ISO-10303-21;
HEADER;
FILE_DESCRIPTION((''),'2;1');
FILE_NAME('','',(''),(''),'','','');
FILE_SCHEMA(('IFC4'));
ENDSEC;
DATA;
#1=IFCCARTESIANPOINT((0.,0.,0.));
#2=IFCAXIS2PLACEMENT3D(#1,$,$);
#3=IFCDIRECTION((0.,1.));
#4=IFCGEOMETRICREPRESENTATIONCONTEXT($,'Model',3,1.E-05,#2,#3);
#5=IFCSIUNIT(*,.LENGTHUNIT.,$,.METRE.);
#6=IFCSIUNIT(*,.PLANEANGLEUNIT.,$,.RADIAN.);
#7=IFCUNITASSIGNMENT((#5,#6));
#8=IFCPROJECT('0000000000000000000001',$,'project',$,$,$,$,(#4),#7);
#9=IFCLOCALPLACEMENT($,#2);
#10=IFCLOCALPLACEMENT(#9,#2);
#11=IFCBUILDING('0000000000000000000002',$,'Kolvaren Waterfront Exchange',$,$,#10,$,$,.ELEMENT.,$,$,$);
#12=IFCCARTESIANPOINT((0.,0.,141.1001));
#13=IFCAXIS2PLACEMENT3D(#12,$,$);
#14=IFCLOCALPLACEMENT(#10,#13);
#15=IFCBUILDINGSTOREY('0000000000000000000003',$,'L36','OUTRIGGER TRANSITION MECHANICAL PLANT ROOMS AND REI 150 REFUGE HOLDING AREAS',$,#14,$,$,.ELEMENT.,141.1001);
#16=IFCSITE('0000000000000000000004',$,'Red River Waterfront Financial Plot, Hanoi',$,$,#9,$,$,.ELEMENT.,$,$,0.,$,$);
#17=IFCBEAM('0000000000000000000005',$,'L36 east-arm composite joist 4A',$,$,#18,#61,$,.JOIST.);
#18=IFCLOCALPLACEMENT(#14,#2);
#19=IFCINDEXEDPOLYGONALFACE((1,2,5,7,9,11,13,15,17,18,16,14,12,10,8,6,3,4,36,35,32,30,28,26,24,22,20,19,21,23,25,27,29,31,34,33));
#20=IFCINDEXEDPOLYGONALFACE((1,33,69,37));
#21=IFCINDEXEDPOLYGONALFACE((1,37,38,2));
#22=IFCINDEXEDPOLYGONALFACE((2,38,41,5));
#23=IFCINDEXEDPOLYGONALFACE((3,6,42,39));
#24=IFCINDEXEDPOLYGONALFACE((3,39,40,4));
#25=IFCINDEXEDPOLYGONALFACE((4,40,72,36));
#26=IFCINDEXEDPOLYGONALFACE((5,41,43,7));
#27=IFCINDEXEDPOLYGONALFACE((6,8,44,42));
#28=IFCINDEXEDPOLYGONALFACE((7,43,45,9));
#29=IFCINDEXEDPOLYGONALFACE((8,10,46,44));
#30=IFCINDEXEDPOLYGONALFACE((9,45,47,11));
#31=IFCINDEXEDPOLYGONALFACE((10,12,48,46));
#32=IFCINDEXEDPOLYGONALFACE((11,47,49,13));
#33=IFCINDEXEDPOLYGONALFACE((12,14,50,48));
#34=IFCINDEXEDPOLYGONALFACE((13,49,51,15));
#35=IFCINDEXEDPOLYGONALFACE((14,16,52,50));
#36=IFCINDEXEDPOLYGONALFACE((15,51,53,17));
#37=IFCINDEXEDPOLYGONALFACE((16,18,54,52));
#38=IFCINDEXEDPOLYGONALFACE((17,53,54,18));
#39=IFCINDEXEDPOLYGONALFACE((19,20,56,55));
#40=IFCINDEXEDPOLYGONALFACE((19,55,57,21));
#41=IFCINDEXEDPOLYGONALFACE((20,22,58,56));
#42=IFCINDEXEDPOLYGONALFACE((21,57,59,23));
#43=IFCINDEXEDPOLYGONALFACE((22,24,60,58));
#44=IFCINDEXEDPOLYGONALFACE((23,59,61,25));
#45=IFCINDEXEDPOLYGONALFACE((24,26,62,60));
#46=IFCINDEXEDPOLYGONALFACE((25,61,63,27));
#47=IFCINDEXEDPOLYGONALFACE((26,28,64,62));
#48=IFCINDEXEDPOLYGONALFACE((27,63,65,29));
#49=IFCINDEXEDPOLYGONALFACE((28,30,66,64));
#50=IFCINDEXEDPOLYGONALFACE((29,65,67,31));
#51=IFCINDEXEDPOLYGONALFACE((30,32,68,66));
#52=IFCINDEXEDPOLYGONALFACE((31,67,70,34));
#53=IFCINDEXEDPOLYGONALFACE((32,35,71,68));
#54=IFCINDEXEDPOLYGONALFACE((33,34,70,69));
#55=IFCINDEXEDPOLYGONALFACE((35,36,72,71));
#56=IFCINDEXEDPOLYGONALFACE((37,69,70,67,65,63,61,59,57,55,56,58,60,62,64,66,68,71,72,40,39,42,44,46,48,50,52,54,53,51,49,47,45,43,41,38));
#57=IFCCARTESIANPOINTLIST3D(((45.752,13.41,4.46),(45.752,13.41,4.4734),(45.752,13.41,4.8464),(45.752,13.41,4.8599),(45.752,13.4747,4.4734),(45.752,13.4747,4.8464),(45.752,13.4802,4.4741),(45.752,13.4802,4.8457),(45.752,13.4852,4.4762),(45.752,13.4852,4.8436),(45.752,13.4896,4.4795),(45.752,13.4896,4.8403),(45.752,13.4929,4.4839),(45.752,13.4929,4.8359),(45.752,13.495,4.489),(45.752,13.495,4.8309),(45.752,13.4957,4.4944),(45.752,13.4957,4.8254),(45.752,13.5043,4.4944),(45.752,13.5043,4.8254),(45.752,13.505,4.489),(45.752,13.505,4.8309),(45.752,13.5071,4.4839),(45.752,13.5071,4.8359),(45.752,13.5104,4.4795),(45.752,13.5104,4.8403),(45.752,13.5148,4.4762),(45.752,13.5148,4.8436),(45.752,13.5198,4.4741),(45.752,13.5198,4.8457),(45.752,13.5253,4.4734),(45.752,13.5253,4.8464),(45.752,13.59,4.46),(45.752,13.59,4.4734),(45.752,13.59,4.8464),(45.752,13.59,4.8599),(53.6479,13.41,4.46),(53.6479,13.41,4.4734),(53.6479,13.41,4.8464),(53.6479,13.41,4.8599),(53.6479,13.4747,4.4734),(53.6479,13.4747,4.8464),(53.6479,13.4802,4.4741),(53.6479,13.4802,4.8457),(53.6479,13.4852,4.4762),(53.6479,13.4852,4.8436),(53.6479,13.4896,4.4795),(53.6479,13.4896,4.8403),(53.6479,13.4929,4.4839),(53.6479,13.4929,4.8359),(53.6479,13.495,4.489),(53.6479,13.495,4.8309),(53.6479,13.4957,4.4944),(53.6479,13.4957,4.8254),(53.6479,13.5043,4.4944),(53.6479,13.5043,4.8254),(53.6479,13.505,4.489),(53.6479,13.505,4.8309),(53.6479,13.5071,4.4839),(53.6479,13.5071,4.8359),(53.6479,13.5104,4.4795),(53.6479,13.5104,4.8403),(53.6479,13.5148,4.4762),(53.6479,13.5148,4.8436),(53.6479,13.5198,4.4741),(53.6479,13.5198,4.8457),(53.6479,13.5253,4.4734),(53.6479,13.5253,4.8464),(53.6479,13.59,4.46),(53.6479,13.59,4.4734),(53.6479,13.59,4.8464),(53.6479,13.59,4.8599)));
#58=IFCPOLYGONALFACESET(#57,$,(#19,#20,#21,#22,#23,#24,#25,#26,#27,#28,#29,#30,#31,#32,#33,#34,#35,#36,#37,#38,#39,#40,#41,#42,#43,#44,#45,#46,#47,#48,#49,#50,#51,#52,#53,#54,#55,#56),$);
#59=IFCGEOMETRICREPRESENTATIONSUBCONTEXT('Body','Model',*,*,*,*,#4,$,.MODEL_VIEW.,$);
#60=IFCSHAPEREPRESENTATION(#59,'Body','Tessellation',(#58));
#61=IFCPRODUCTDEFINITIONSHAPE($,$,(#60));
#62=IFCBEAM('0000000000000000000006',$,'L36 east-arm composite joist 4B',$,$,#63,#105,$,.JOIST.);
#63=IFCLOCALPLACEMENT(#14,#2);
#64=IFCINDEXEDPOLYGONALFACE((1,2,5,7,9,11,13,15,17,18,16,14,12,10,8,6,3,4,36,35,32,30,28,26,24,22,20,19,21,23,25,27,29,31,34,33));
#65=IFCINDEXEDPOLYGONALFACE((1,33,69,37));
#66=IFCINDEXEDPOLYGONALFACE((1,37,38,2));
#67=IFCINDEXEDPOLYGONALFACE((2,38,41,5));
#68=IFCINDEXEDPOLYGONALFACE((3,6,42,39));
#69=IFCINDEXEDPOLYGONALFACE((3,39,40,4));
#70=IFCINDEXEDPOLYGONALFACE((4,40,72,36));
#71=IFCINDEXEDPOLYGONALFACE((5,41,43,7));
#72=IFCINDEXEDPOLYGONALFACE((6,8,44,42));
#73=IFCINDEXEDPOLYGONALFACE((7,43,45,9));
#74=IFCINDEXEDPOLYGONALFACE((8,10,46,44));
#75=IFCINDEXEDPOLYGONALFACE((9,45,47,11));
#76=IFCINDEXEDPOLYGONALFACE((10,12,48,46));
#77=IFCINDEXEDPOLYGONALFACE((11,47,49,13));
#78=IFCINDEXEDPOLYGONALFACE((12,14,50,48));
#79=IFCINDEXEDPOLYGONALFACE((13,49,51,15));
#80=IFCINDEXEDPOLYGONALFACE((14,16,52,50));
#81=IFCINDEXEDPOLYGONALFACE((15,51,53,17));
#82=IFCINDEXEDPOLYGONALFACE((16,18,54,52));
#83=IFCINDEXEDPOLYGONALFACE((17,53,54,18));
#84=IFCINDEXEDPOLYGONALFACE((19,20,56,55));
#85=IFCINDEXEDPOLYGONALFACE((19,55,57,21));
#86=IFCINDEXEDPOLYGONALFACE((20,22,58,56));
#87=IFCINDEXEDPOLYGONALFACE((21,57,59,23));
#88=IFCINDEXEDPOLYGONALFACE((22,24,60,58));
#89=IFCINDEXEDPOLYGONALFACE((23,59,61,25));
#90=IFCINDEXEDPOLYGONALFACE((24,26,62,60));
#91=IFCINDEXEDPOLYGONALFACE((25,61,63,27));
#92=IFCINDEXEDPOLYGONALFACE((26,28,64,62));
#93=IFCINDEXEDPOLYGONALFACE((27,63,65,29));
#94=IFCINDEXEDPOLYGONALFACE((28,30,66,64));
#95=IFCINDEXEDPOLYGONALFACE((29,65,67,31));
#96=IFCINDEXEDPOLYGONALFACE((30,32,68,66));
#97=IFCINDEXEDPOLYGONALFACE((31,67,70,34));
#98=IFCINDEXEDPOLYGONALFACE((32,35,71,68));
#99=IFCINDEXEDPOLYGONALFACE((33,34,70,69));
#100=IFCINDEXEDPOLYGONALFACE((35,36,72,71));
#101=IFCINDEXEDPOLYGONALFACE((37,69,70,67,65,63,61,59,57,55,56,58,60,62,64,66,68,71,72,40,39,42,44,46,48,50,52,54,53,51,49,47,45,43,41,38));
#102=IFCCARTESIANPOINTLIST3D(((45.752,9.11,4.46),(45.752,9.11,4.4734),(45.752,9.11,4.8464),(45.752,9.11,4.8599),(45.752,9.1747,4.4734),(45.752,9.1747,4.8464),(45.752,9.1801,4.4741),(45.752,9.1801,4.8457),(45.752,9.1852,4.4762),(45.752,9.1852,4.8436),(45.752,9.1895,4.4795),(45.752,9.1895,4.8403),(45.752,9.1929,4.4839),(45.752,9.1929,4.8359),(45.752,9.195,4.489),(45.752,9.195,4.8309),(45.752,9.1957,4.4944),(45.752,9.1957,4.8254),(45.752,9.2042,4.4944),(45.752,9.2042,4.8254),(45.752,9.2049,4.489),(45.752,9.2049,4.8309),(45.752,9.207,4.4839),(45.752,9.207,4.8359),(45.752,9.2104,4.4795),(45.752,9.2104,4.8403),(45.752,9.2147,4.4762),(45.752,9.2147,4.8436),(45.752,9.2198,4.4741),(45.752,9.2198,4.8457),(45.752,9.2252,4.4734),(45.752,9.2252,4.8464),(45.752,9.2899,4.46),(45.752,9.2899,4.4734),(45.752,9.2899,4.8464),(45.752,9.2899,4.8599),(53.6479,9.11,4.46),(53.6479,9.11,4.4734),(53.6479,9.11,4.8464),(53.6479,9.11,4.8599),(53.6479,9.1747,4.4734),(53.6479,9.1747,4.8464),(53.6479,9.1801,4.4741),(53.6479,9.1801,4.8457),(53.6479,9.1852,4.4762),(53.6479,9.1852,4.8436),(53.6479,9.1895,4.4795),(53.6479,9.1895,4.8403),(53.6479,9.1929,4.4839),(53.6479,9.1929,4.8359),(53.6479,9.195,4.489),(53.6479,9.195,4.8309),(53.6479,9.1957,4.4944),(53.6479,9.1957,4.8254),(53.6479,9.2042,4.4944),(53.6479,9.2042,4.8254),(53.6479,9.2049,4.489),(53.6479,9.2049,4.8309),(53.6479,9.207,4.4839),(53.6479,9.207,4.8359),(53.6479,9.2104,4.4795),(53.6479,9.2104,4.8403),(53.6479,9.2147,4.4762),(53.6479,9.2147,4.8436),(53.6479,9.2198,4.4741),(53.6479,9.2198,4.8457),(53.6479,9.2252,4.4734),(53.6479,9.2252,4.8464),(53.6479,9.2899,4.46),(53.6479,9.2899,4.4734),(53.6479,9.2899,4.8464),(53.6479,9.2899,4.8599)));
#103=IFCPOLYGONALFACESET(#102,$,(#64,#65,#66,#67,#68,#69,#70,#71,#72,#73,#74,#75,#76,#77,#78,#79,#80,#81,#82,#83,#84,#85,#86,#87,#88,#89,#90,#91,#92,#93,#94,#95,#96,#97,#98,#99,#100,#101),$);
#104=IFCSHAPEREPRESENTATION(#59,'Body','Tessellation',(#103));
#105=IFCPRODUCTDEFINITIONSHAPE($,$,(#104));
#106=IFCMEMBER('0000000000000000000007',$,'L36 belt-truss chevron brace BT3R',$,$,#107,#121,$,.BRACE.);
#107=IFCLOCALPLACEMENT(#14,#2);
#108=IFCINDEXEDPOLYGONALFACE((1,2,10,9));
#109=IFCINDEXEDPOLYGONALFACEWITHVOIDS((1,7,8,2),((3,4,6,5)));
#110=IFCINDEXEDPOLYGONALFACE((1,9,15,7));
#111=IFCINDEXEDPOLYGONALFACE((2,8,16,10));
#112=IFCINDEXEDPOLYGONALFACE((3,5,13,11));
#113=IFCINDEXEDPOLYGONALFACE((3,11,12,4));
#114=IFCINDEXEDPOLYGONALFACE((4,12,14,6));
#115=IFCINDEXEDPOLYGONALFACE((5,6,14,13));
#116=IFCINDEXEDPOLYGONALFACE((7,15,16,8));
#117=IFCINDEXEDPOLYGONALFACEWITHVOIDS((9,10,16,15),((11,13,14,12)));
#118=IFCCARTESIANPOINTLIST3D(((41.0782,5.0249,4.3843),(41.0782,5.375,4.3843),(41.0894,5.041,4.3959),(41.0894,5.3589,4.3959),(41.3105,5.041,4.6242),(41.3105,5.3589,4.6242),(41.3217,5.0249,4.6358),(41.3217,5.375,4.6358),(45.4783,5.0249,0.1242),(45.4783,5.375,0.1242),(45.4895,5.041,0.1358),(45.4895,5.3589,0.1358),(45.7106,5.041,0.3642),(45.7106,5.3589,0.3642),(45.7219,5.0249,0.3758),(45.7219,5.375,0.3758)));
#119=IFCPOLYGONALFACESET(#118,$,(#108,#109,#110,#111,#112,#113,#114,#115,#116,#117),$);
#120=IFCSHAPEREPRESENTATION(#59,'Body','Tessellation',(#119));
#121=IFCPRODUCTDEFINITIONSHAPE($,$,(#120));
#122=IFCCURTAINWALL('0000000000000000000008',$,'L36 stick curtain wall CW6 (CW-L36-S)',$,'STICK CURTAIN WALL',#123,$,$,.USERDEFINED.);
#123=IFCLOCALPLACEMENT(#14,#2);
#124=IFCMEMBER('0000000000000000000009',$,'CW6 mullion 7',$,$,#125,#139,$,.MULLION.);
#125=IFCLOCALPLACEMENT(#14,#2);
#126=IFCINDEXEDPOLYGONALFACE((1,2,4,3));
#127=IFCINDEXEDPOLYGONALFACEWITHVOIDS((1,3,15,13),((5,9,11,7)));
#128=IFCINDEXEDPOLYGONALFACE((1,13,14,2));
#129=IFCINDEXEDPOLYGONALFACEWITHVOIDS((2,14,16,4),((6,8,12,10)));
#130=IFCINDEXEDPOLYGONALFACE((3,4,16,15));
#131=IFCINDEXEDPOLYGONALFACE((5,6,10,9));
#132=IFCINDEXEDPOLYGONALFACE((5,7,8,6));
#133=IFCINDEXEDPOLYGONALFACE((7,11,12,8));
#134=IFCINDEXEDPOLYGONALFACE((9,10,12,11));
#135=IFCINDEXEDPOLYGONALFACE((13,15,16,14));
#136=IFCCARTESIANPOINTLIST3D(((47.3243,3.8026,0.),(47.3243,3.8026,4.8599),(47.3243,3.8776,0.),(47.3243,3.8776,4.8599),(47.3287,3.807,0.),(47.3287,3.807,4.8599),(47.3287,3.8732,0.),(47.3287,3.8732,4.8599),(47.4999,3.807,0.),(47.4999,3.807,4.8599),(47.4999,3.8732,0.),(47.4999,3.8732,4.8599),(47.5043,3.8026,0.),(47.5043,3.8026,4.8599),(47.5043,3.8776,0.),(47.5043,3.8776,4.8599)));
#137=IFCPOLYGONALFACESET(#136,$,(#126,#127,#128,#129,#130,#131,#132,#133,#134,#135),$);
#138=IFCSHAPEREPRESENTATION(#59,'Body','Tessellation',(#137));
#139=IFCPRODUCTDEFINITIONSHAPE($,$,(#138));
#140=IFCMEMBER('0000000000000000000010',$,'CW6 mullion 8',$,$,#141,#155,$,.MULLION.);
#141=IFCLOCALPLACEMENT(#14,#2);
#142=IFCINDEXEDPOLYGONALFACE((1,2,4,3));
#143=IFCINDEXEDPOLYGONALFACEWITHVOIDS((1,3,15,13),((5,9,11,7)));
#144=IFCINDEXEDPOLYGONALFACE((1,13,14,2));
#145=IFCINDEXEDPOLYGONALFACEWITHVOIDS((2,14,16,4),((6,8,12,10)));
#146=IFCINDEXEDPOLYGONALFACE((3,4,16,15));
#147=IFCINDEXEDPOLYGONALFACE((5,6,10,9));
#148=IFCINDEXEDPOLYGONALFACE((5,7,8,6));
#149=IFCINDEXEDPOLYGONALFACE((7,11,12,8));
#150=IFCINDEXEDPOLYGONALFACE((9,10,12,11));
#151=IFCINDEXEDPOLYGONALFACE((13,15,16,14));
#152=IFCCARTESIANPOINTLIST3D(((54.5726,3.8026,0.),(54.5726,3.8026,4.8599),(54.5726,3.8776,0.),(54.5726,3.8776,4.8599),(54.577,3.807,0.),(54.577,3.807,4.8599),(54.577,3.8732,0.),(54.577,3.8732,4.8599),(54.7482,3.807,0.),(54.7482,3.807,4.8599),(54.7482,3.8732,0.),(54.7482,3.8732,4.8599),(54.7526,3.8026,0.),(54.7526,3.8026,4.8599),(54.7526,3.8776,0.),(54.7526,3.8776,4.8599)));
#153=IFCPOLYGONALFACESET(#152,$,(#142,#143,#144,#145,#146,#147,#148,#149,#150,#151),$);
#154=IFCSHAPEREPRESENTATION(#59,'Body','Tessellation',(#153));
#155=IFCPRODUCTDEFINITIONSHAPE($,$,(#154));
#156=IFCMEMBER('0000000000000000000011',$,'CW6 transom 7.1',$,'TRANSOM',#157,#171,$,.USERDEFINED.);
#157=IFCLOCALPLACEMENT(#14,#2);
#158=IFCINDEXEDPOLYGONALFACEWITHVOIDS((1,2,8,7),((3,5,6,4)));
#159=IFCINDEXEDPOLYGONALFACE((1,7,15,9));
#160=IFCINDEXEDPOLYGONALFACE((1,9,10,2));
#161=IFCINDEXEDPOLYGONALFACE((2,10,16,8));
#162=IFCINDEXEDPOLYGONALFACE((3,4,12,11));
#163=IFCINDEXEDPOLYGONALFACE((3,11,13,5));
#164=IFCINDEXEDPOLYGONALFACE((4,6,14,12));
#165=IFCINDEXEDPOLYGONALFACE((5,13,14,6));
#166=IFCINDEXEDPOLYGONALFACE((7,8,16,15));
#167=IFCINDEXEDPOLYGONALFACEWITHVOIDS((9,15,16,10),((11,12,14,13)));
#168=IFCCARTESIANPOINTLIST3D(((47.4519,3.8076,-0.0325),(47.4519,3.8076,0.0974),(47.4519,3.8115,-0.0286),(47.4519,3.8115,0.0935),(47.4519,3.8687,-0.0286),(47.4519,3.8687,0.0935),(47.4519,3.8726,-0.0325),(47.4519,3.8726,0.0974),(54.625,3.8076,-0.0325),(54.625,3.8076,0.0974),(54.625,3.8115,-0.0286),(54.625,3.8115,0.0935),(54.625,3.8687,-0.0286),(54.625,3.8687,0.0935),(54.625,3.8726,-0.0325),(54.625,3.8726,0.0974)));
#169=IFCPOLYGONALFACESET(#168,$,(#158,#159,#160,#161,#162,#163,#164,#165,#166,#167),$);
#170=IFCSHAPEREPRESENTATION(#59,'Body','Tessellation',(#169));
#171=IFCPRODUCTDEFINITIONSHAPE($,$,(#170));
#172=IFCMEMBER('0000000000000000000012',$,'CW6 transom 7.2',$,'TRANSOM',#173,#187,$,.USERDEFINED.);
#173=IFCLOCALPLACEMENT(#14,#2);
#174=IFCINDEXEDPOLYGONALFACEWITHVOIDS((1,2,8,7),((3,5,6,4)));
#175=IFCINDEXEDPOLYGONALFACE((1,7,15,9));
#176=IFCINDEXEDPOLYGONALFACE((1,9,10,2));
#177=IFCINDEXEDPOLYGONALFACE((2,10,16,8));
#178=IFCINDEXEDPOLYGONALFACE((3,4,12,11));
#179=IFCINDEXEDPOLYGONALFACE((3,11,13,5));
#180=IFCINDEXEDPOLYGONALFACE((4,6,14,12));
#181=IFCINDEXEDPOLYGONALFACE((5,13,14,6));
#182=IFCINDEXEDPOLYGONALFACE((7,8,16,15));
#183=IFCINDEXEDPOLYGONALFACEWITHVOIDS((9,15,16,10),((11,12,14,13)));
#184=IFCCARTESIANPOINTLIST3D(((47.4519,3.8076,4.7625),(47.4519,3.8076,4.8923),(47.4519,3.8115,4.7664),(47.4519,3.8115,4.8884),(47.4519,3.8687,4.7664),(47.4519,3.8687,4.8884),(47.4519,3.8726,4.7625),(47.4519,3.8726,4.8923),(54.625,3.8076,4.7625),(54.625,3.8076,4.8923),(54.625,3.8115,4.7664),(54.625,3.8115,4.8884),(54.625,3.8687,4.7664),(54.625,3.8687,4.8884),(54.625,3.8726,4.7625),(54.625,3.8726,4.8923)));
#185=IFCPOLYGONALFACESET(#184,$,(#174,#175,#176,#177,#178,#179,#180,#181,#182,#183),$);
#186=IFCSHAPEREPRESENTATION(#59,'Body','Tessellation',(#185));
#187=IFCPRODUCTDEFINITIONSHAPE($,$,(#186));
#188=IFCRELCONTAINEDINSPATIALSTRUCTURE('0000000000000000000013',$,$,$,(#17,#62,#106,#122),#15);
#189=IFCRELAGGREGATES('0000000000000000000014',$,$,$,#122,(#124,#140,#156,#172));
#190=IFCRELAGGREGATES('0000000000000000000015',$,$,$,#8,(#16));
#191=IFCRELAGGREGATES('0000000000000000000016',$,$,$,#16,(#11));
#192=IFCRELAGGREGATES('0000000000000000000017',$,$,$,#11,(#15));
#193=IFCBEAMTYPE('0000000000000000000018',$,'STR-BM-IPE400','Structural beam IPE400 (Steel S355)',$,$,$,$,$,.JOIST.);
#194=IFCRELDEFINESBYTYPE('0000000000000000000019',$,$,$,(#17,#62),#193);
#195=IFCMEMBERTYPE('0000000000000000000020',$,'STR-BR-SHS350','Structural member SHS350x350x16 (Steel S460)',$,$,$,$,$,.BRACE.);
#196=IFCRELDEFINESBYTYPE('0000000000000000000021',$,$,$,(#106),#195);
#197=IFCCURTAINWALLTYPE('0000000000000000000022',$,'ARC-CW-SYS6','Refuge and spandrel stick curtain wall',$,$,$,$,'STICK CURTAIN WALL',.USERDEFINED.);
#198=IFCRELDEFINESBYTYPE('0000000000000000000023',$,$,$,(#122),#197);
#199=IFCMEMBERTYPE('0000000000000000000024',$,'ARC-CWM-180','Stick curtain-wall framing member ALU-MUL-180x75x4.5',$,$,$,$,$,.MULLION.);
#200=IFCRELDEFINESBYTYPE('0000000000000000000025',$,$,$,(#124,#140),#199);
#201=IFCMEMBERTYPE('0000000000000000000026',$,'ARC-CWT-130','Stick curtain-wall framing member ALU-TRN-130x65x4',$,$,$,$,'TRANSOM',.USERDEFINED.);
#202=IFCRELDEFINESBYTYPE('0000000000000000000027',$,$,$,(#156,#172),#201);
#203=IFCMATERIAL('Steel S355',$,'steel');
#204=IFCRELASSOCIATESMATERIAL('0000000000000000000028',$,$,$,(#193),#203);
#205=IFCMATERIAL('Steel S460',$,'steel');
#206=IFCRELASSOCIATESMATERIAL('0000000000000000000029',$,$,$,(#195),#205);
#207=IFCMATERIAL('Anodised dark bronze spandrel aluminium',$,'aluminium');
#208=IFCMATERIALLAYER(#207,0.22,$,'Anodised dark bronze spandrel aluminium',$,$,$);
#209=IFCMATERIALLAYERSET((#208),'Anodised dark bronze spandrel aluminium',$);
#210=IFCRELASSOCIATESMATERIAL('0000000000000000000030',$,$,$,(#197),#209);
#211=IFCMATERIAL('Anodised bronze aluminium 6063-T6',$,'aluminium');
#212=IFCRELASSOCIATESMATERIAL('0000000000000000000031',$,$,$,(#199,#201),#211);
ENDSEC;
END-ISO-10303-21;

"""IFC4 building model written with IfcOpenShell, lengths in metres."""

from ifc_helpers import new_model, si_unit, direction, frame, origin, origin_with_axes, origin_2d, place, context, subcontext, project, spatial, hollow_rectangle, i_section, extrude, source, transform, mapped, material, layer, layer_set, material_profile, profile_set, type_object, element, aggregate, save


model = new_model("IFC4")

# Units and contexts
model_context = context("Model", 3, precision=1e-05, world=origin(), true_north=direction((0.0, 1.0)))
body_context = subcontext(model_context, "Body", "Model", "MODEL_VIEW")
ifc_project = project(units=[si_unit("LENGTHUNIT", "METRE"), si_unit("PLANEANGLEUNIT", "RADIAN")], contexts=[model_context])

# Site, building, storey
site_placement = place(None, origin())
site = spatial("IfcSite", under=ifc_project, at=site_placement, Name="Red River Waterfront Financial Plot, Hanoi", CompositionType="ELEMENT", RefElevation=0.0)
building_placement = place(site_placement, origin())
building = spatial("IfcBuilding", under=site, at=building_placement, Name="Kolvaren Waterfront Exchange", CompositionType="ELEMENT")
storey_placement = place(building_placement, frame((0.0, 0.0, 141.1001)))
storey = spatial("IfcBuildingStorey", under=building, at=storey_placement, Name="L36", Description="OUTRIGGER TRANSITION MECHANICAL PLANT ROOMS AND REI 150 REFUGE HOLDING AREAS", CompositionType="ELEMENT", Elevation=141.1001)

# Beams
ifc_material_1 = material(Name="Steel S355", Category="steel")
ifc_material_profile_1 = material_profile(ifc_material_1, i_section(OverallWidth=0.1799, OverallDepth=0.3999, WebThickness=0.0085, FlangeThickness=0.0134, FilletRadius=0.021, at=origin_2d()), Name="IPE400")
ifc_profile_set_1 = profile_set([ifc_material_profile_1], Name="Steel S355")
beam_type_1 = type_object("IfcBeamType", Name="STR-BM-IPE400", Description="Structural beam IPE400 (Steel S355)", PredefinedType="JOIST", material=ifc_profile_set_1)
for number, where, z_axis, x_axis, name in (
    (1, (45.752, 13.5, 4.6599), (1.0, 0.0, 0.0), (0.0, 1.0, 0.0), "L36 east-arm composite joist 4A"),
    (2, (45.752, 9.2, 4.6599), (1.0, 0.0, 0.0), (0.0, 1.0, 0.0), "L36 east-arm composite joist 4B"),
):
    element("IfcBeam", number, at=place(storey_placement, frame(where, z_axis=z_axis, x_axis=x_axis)), inside=storey, type_object=beam_type_1, Name=name, PredefinedType="JOIST", context=body_context, shape_type="SweptSolid", body=[
        extrude(i_section(OverallWidth=0.1799, OverallDepth=0.3999, WebThickness=0.0085, FlangeThickness=0.0134, FilletRadius=0.021, at=origin_2d()), origin(), (0.0, 0.0, 1.0), 7.896),
    ])

# Member
ifc_material_2 = material(Name="Steel S460", Category="steel")
ifc_material_profile_2 = material_profile(ifc_material_2, hollow_rectangle(XDim=0.3501, YDim=0.3501, WallThickness=0.0161, at=origin_2d()), Name="SHS350x350x16")
ifc_profile_set_2 = profile_set([ifc_material_profile_2], Name="Steel S460")
member_type_1 = type_object("IfcMemberType", Name="STR-BR-SHS350", Description="Structural member SHS350x350x16 (Steel S460)", PredefinedType="BRACE", material=ifc_profile_set_2)
member_1_placement = place(storey_placement, frame((45.6001, 5.2, 0.25), z_axis=(-0.718455, 0.0, 0.695573), x_axis=(0.0, -1.0, 0.0)))
element("IfcMember", 3, at=member_1_placement, inside=storey, type_object=member_type_1, Name="L36 belt-truss chevron brace BT3R", PredefinedType="BRACE", context=body_context, shape_type="SweptSolid", body=[
    extrude(hollow_rectangle(XDim=0.3501, YDim=0.3501, WallThickness=0.0161, at=origin_2d()), origin(), (0.0, 0.0, 1.0), 6.1245),
])

# Curtain wall, members
ifc_material_3 = material(Name="Anodised dark bronze spandrel aluminium", Category="aluminium")
ifc_layer_1 = layer(ifc_material_3, 0.22, Name="Anodised dark bronze spandrel aluminium")
ifc_layer_set_1 = layer_set([ifc_layer_1], Name="Anodised dark bronze spandrel aluminium")
curtain_wall_type = type_object("IfcCurtainWallType", Name="ARC-CW-SYS6", Description="Refuge and spandrel stick curtain wall", ElementType="STICK CURTAIN WALL", PredefinedType="USERDEFINED", material=ifc_layer_set_1)
curtain_wall_placement = place(storey_placement, origin())
curtain_wall = element("IfcCurtainWall", 4, at=curtain_wall_placement, inside=storey, type_object=curtain_wall_type, Name="L36 stick curtain wall CW6 (CW-L36-S)", ObjectType="STICK CURTAIN WALL", PredefinedType="USERDEFINED")
ifc_material_4 = material(Name="Anodised bronze aluminium 6063-T6", Category="aluminium")
ifc_material_profile_3 = material_profile(ifc_material_4, hollow_rectangle(XDim=0.075, YDim=0.1799, WallThickness=0.0044, at=origin_2d()), Name="ALU-MUL-180x75x4.5")
ifc_profile_set_3 = profile_set([ifc_material_profile_3], Name="Anodised bronze aluminium 6063-T6")
member_type_2 = type_object("IfcMemberType", Name="ARC-CWM-180", Description="Stick curtain-wall framing member ALU-MUL-180x75x4.5", PredefinedType="MULLION", material=ifc_profile_set_3)
shared_shape_1 = source(origin_with_axes(), body_context, "Body", "SweptSolid", [
    extrude(hollow_rectangle(XDim=0.075, YDim=0.1799, WallThickness=0.0044, at=origin_2d()), origin(), (0.0, 0.0, 1.0), 4.8599),
])
member_2_placement = place(storey_placement, frame((47.4143, 3.8401, 0.0), z_axis=(0.0, 0.0, 1.0), x_axis=(0.0, 1.0, 0.0)))
member_2 = element("IfcMember", 5, at=member_2_placement, type_object=member_type_2, Name="CW6 mullion 7", PredefinedType="MULLION", context=body_context, shape_type="MappedRepresentation", body=[
    mapped(shared_shape_1, transform((0.0, 0.0, 0.0), x_axis=(1.0, 0.0, 0.0), y_axis=(0.0, 1.0, 0.0), z_axis=(0.0, 0.0, 1.0), scale=1.0)),
])
member_3_placement = place(storey_placement, frame((54.6626, 3.8401, 0.0), z_axis=(0.0, 0.0, 1.0), x_axis=(0.0, 1.0, 0.0)))
member_3 = element("IfcMember", 6, at=member_3_placement, type_object=member_type_2, Name="CW6 mullion 8", PredefinedType="MULLION", context=body_context, shape_type="MappedRepresentation", body=[
    mapped(shared_shape_1, transform((0.0, 0.0, 0.0), x_axis=(1.0, 0.0, 0.0), y_axis=(0.0, 1.0, 0.0), z_axis=(0.0, 0.0, 1.0), scale=1.0)),
])
ifc_material_profile_4 = material_profile(ifc_material_4, hollow_rectangle(XDim=0.0649, YDim=0.1299, WallThickness=0.0039, at=origin_2d()), Name="ALU-TRN-130x65x4")
ifc_profile_set_4 = profile_set([ifc_material_profile_4], Name="Anodised bronze aluminium 6063-T6")
member_type_3 = type_object("IfcMemberType", Name="ARC-CWT-130", Description="Stick curtain-wall framing member ALU-TRN-130x65x4", ElementType="TRANSOM", PredefinedType="USERDEFINED", material=ifc_profile_set_4)
shared_shape_2 = source(origin_with_axes(), body_context, "Body", "SweptSolid", [
    extrude(hollow_rectangle(XDim=0.0649, YDim=0.1299, WallThickness=0.0039, at=origin_2d()), origin(), (0.0, 0.0, 1.0), 7.1731),
])
member_4_placement = place(storey_placement, frame((47.4519, 3.8401, 0.0325), z_axis=(1.0, 0.0, 0.0), x_axis=(0.0, 1.0, 0.0)))
member_4 = element("IfcMember", 7, at=member_4_placement, type_object=member_type_3, Name="CW6 transom 7.1", ObjectType="TRANSOM", PredefinedType="USERDEFINED", context=body_context, shape_type="MappedRepresentation", body=[
    mapped(shared_shape_2, transform((0.0, 0.0, 0.0), x_axis=(1.0, 0.0, 0.0), y_axis=(0.0, 1.0, 0.0), z_axis=(0.0, 0.0, 1.0), scale=1.0)),
])
member_5_placement = place(storey_placement, frame((47.4519, 3.8401, 4.8274), z_axis=(1.0, 0.0, 0.0), x_axis=(0.0, 1.0, 0.0)))
member_5 = element("IfcMember", 8, at=member_5_placement, type_object=member_type_3, Name="CW6 transom 7.2", ObjectType="TRANSOM", PredefinedType="USERDEFINED", context=body_context, shape_type="MappedRepresentation", body=[
    mapped(shared_shape_2, transform((0.0, 0.0, 0.0), x_axis=(1.0, 0.0, 0.0), y_axis=(0.0, 1.0, 0.0), z_axis=(0.0, 0.0, 1.0), scale=1.0)),
])

aggregate(curtain_wall, [member_2, member_3, member_4, member_5])

save(model, "model.ifc")
